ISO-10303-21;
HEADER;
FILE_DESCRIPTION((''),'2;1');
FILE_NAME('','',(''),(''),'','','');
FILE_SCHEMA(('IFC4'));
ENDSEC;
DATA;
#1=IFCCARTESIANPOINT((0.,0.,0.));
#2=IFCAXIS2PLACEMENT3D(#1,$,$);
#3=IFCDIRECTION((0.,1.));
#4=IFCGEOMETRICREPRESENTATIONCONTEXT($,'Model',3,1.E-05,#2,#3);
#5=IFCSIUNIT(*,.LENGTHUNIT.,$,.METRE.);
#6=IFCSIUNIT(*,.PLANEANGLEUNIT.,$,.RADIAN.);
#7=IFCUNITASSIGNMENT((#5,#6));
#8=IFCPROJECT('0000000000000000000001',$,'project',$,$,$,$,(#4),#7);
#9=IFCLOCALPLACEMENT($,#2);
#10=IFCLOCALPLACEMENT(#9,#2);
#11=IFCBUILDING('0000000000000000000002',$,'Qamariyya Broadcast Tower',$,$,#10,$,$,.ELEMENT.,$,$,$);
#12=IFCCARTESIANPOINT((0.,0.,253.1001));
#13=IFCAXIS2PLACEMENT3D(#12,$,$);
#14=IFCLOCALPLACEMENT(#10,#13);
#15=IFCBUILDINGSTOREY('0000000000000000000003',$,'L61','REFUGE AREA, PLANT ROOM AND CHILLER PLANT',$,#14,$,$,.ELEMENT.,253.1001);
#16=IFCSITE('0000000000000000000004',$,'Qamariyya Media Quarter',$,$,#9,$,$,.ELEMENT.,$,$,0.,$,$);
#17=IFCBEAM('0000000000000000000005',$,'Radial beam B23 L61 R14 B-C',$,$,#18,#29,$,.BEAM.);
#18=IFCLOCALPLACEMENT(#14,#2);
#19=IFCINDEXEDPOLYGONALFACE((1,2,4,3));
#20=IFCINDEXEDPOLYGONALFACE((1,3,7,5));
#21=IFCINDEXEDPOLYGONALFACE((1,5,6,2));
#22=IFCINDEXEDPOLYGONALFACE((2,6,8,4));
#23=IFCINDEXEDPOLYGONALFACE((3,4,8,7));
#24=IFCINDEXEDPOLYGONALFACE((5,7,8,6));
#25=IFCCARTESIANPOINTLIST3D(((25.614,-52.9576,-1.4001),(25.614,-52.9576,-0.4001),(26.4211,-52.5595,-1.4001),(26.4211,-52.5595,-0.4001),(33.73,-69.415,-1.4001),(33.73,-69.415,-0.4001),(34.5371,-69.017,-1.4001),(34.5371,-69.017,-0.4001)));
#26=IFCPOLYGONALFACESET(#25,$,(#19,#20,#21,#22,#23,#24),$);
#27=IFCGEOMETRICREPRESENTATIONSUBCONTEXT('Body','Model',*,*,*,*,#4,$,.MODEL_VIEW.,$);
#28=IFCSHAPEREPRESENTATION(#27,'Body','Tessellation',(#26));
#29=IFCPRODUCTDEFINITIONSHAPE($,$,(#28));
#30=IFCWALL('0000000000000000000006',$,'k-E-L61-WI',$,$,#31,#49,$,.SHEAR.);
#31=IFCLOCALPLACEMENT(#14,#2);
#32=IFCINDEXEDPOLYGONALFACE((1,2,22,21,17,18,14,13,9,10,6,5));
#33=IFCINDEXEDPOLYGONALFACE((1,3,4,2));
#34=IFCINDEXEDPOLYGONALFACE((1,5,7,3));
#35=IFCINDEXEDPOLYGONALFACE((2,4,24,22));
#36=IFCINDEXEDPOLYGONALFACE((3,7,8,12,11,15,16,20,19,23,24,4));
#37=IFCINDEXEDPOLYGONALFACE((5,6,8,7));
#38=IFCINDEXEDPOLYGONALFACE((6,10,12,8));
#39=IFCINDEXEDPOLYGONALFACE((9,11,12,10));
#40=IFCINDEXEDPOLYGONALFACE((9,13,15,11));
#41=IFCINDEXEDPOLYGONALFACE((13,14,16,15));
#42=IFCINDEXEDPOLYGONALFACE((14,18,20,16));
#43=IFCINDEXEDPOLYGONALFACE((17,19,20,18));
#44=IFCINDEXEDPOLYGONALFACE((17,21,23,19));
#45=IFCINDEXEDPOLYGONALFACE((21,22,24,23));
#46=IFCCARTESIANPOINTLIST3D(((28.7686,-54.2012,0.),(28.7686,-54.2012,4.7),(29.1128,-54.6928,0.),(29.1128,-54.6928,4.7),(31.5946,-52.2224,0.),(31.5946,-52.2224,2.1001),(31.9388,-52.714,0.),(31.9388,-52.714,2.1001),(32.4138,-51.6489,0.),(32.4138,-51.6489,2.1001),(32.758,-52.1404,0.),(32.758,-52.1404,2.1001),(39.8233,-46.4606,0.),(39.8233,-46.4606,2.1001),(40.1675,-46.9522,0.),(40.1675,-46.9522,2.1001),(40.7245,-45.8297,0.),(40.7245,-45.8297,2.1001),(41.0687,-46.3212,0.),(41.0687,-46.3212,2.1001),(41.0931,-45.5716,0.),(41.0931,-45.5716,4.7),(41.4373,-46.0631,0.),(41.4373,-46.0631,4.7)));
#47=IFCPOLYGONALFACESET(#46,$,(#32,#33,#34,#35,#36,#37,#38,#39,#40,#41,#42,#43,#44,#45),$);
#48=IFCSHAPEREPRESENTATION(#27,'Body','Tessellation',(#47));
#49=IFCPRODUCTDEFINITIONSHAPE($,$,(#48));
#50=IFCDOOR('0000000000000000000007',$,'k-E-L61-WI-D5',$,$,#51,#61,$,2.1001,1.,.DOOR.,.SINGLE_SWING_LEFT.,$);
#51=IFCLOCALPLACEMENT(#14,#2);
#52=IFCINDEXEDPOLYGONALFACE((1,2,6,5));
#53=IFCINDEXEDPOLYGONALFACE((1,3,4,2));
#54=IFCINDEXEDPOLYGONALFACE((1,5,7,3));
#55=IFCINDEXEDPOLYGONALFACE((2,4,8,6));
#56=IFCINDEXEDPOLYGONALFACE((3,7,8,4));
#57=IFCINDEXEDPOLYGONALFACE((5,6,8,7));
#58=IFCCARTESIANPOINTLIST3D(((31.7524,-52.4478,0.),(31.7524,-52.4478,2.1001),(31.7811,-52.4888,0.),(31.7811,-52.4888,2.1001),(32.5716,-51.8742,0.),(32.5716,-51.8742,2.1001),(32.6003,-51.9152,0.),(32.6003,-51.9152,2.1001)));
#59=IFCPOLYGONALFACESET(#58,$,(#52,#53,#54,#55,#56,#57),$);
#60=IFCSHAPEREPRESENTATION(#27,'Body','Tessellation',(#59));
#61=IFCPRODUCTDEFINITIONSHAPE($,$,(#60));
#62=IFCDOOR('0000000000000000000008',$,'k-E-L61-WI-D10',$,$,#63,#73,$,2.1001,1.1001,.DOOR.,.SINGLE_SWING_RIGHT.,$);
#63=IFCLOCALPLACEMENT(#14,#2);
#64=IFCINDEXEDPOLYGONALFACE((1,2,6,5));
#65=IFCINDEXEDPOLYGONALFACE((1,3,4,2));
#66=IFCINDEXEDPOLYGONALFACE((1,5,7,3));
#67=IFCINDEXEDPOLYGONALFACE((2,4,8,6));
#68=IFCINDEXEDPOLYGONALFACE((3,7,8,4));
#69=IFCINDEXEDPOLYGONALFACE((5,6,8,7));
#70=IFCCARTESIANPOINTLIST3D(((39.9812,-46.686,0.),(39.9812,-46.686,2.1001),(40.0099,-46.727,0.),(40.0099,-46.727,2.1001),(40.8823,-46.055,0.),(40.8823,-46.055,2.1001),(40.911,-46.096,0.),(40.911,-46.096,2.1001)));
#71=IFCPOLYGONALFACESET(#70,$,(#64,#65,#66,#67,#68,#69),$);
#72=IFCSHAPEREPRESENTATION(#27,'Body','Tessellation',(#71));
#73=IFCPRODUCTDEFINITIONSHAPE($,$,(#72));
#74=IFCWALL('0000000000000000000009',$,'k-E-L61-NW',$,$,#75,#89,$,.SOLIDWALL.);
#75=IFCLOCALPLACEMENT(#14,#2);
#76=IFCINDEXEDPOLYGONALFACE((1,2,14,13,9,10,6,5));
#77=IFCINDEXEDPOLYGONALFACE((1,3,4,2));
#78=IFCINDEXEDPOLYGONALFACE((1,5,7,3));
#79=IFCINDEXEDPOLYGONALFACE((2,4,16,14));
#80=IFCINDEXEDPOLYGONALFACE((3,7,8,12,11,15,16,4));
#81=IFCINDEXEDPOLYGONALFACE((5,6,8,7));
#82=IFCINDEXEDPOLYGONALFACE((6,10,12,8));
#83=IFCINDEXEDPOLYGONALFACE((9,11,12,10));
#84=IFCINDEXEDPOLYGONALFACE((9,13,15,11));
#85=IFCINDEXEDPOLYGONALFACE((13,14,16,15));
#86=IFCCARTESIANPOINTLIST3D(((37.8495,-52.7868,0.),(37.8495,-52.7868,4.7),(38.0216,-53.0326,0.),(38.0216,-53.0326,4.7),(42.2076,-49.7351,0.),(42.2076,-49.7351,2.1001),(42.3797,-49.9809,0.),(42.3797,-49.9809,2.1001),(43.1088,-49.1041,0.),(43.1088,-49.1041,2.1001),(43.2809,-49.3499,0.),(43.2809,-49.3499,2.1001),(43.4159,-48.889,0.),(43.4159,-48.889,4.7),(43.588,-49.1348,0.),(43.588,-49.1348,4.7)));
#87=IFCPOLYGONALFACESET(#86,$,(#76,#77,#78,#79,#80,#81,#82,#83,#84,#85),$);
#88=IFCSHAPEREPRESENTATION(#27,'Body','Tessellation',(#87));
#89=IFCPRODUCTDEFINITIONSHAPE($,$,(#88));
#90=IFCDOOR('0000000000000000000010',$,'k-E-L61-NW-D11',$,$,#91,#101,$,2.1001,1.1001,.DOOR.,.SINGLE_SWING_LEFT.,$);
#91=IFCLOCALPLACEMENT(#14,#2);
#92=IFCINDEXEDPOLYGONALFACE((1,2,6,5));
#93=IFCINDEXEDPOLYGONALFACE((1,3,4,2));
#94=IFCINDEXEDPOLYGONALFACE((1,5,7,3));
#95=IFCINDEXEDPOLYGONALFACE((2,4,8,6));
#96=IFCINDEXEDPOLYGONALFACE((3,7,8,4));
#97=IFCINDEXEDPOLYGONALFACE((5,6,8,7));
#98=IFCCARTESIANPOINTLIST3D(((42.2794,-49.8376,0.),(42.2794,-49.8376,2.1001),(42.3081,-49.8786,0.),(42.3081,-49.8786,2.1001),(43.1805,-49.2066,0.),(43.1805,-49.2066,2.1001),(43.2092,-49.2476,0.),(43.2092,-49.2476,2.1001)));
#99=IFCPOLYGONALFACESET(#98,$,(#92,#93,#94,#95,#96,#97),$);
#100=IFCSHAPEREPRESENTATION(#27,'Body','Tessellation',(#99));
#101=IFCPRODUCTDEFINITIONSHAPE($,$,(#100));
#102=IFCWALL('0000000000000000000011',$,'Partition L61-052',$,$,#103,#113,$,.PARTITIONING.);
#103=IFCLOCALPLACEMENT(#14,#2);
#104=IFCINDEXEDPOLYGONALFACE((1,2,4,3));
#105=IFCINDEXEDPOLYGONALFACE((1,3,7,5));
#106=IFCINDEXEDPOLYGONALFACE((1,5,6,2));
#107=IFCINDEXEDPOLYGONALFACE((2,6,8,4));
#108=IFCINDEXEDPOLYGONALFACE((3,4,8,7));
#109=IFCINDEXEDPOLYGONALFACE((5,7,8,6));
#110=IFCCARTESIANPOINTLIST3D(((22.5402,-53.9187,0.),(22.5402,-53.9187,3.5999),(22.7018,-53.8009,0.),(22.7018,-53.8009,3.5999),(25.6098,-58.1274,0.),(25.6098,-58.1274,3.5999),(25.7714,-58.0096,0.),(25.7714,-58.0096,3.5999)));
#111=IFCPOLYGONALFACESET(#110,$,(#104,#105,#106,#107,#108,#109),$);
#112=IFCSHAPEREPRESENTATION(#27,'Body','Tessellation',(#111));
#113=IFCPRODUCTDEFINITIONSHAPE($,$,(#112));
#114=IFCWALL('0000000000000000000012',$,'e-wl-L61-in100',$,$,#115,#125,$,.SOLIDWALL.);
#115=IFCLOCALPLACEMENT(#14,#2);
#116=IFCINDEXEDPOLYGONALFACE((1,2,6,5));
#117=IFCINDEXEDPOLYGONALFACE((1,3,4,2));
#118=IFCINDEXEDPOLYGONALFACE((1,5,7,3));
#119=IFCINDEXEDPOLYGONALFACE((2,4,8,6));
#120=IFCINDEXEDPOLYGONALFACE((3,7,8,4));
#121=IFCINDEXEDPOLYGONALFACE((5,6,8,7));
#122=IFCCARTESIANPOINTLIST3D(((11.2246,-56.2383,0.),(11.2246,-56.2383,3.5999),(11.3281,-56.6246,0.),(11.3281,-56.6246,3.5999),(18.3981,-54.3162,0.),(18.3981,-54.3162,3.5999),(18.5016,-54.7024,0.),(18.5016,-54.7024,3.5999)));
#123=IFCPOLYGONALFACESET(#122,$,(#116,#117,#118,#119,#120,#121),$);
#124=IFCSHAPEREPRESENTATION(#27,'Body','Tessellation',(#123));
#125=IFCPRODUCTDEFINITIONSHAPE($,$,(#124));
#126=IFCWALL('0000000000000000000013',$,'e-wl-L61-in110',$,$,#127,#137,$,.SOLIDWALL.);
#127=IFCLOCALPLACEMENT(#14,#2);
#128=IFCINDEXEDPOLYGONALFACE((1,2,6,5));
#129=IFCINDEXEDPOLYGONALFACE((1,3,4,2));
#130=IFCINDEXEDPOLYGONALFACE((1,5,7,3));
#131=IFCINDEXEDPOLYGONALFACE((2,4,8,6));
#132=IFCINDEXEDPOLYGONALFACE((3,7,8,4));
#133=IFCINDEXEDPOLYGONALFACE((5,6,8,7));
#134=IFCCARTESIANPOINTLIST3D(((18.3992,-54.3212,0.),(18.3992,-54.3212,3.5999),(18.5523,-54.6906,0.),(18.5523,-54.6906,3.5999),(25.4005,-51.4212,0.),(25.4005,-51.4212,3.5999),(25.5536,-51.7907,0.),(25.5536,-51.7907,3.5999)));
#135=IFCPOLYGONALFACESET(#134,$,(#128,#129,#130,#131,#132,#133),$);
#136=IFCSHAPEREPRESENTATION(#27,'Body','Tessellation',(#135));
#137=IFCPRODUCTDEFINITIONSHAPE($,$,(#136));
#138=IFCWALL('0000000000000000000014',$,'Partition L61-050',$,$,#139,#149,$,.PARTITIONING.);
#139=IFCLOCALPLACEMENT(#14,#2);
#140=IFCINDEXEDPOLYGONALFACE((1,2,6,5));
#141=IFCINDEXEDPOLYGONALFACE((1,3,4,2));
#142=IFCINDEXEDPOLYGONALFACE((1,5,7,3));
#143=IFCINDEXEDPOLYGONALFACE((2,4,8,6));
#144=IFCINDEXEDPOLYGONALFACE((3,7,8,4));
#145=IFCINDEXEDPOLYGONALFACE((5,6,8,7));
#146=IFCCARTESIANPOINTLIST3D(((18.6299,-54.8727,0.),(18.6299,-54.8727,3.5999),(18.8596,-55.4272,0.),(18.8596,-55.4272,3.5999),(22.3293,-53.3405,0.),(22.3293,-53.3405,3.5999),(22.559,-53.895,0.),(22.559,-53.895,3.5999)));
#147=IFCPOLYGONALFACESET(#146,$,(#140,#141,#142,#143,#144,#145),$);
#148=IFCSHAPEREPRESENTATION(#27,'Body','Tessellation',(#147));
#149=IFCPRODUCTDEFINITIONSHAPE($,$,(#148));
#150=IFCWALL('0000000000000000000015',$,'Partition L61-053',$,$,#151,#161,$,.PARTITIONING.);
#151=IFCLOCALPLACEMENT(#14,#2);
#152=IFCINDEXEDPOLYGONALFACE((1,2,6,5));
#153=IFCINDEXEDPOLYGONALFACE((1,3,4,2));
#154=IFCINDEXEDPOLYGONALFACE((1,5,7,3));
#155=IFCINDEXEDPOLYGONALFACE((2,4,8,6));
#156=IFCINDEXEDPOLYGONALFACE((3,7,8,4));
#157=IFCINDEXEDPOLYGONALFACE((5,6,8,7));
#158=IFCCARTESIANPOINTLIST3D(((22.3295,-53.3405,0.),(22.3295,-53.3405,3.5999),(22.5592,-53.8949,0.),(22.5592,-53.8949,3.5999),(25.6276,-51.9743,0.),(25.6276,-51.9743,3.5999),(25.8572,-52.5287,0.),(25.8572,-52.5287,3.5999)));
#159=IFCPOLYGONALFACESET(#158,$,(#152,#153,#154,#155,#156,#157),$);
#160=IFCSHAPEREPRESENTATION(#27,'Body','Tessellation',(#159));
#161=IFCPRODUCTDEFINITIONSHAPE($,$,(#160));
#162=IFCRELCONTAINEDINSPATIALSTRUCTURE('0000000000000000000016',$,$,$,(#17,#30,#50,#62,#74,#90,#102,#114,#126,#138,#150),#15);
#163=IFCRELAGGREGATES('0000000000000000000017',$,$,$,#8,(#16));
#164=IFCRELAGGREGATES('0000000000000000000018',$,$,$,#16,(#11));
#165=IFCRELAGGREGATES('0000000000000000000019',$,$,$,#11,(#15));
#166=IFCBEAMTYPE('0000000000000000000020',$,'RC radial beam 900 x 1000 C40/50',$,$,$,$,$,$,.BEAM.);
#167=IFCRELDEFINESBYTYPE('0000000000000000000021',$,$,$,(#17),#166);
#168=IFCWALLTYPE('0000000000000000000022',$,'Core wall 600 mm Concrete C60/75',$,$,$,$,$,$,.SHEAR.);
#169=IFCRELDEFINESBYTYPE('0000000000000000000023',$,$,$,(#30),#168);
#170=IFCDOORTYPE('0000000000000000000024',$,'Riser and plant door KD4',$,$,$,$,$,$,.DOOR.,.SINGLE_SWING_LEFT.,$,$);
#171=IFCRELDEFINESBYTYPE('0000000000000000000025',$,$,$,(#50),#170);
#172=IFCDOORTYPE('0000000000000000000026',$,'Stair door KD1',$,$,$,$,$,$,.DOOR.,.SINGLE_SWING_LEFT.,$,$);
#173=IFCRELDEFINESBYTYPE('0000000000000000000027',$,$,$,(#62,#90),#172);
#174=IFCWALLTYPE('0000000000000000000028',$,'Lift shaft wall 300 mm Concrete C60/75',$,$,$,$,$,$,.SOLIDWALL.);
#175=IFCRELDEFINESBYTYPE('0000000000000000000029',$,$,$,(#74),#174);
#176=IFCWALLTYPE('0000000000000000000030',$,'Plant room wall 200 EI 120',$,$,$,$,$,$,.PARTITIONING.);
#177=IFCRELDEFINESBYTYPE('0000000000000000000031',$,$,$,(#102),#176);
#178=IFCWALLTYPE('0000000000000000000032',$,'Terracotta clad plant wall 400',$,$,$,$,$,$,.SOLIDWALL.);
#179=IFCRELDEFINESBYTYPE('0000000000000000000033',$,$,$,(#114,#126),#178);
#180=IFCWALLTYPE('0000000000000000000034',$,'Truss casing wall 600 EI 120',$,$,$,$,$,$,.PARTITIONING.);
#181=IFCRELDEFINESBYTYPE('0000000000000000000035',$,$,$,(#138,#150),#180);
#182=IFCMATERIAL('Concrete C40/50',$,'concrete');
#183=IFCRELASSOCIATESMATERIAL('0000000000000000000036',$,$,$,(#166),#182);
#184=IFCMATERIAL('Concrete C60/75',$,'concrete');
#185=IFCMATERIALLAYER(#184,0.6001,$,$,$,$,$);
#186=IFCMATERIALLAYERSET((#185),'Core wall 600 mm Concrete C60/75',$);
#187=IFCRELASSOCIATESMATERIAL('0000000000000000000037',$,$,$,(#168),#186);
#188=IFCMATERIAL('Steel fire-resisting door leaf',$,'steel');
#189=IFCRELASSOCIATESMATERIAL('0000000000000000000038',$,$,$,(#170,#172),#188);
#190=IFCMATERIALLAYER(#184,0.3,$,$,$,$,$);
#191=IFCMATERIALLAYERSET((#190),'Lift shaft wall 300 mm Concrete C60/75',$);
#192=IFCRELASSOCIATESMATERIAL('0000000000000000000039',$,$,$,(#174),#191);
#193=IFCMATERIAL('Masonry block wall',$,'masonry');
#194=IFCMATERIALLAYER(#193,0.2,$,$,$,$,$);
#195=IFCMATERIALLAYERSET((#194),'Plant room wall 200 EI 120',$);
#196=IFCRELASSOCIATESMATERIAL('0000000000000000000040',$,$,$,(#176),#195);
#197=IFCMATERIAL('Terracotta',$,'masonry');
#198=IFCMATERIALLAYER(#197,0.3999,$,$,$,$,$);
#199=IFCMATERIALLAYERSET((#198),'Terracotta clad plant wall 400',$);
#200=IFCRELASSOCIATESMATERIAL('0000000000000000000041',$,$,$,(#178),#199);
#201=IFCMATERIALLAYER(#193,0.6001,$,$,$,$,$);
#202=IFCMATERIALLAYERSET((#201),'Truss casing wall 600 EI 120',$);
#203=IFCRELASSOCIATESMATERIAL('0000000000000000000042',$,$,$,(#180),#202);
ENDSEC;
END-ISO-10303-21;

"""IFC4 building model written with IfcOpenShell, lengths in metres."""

from ifc_helpers import new_model, si_unit, direction, frame, frame_2d, origin, origin_2d, place, context, subcontext, project, spatial, rectangle, extrude, material, layer, layer_set, material_profile, profile_set, type_object, element, fill, save


model = new_model("IFC4")

# Units and contexts
model_context = context("Model", 3, precision=1e-05, world=origin(), true_north=direction((0.0, 1.0)))
body_context = subcontext(model_context, "Body", "Model", "MODEL_VIEW")
ifc_project = project(units=[si_unit("LENGTHUNIT", "METRE"), si_unit("PLANEANGLEUNIT", "RADIAN")], contexts=[model_context])

# Site, building, storey
site_placement = place(None, origin())
site = spatial("IfcSite", under=ifc_project, at=site_placement, Name="Qamariyya Media Quarter", CompositionType="ELEMENT", RefElevation=0.0)
building_placement = place(site_placement, origin())
building = spatial("IfcBuilding", under=site, at=building_placement, Name="Qamariyya Broadcast Tower", CompositionType="ELEMENT")
storey_placement = place(building_placement, frame((0.0, 0.0, 253.1001)))
storey = spatial("IfcBuildingStorey", under=building, at=storey_placement, Name="L61", Description="REFUGE AREA, PLANT ROOM AND CHILLER PLANT", CompositionType="ELEMENT", Elevation=253.1001)

# Shared definitions
ifc_material_1 = material(Name="Concrete C60/75", Category="concrete")

# Beam
ifc_material_2 = material(Name="Concrete C40/50", Category="concrete")
ifc_material_profile_1 = material_profile(ifc_material_2, rectangle(XDim=0.8999, YDim=1.0, at=origin_2d()))
ifc_profile_set_1 = profile_set([ifc_material_profile_1], Name="Concrete C40/50")
beam_type_1 = type_object("IfcBeamType", Name="RC radial beam 900 x 1000 C40/50", PredefinedType="BEAM", material=ifc_profile_set_1)
beam_1_placement = place(storey_placement, frame((26.0176, -52.7585, -0.9001), z_axis=(0.442289, -0.896872, 0.0), x_axis=(0.896872, 0.442289, 0.0)))
element("IfcBeam", 1, at=beam_1_placement, inside=storey, type_object=beam_type_1, Name="Radial beam B23 L61 R14 B-C", PredefinedType="BEAM", context=body_context, shape_type="SweptSolid", body=[
    extrude(rectangle(XDim=0.8999, YDim=1.0, at=origin_2d()), origin(), (0.0, 0.0, 1.0), 18.3499),
])

# Wall, openings, doors
ifc_layer_1 = layer(ifc_material_1, 0.6001)
ifc_layer_set_1 = layer_set([ifc_layer_1], Name="Core wall 600 mm Concrete C60/75")
wall_type_1 = type_object("IfcWallType", Name="Core wall 600 mm Concrete C60/75", PredefinedType="SHEAR", material=ifc_layer_set_1)
wall_1_placement = place(storey_placement, frame((28.9407, -54.447, 0.0), z_axis=(0.0, 0.0, 1.0), x_axis=(0.819153, 0.573575, 0.0)))
wall_1 = element("IfcWall", 2, at=wall_1_placement, inside=storey, type_object=wall_type_1, Name="k-E-L61-WI", PredefinedType="SHEAR", context=body_context, shape_type="SweptSolid", body=[
    extrude(rectangle(XDim=15.0454, YDim=0.6001, at=frame_2d((7.5227, 0.0))), origin(), (0.0, 0.0, 1.0), 4.7),
])
opening_1_placement = place(wall_1_placement, frame((3.45, 0.0, 0.0)))
opening_1 = element("IfcOpeningElement", 3, at=opening_1_placement, cuts=wall_1, PredefinedType="OPENING", context=body_context, shape_type="SweptSolid", body=[
    extrude(rectangle(XDim=1.0, YDim=2.1001, at=frame_2d((0.5, 1.05))), frame((0.0, 0.3101, 0.0), z_axis=(0.0, -1.0, 0.0), x_axis=(1.0, 0.0, 0.0)), (0.0, 0.0, 1.0), 0.6201),
])
opening_2_placement = place(wall_1_placement, frame((13.4954, 0.0, 0.0)))
opening_2 = element("IfcOpeningElement", 4, at=opening_2_placement, cuts=wall_1, PredefinedType="OPENING", context=body_context, shape_type="SweptSolid", body=[
    extrude(rectangle(XDim=1.1001, YDim=2.1001, at=frame_2d((0.55, 1.05))), frame((0.0, 0.3101, 0.0), z_axis=(0.0, -1.0, 0.0), x_axis=(1.0, 0.0, 0.0)), (0.0, 0.0, 1.0), 0.6201),
])
ifc_material_3 = material(Name="Steel fire-resisting door leaf", Category="steel")
door_type_1 = type_object("IfcDoorType", Name="Riser and plant door KD4", OperationType="SINGLE_SWING_LEFT", PredefinedType="DOOR", material=ifc_material_3)
door_1_placement = place(opening_1_placement, origin())
door_1 = element("IfcDoor", 5, at=door_1_placement, inside=storey, type_object=door_type_1, Name="k-E-L61-WI-D5", OperationType="SINGLE_SWING_LEFT", OverallHeight=2.1001, OverallWidth=1.0, PredefinedType="DOOR", context=body_context, shape_type="SweptSolid", body=[
    extrude(rectangle(XDim=1.0, YDim=2.1001, at=frame_2d((0.5, 1.05))), frame((0.0, 0.0249, 0.0), z_axis=(0.0, -1.0, 0.0), x_axis=(1.0, 0.0, 0.0)), (0.0, 0.0, 1.0), 0.05),
])
fill(opening_1, door_1)
door_type_2 = type_object("IfcDoorType", Name="Stair door KD1", OperationType="SINGLE_SWING_LEFT", PredefinedType="DOOR", material=ifc_material_3)
door_2_placement = place(opening_2_placement, origin())
door_2 = element("IfcDoor", 6, at=door_2_placement, inside=storey, type_object=door_type_2, Name="k-E-L61-WI-D10", OperationType="SINGLE_SWING_RIGHT", OverallHeight=2.1001, OverallWidth=1.1001, PredefinedType="DOOR", context=body_context, shape_type="SweptSolid", body=[
    extrude(rectangle(XDim=1.1001, YDim=2.1001, at=frame_2d((0.55, 1.05))), frame((0.0, 0.0249, 0.0), z_axis=(0.0, -1.0, 0.0), x_axis=(1.0, 0.0, 0.0)), (0.0, 0.0, 1.0), 0.05),
])
fill(opening_2, door_2)

# Wall, opening, door
ifc_layer_2 = layer(ifc_material_1, 0.3)
ifc_layer_set_2 = layer_set([ifc_layer_2], Name="Lift shaft wall 300 mm Concrete C60/75")
wall_type_2 = type_object("IfcWallType", Name="Lift shaft wall 300 mm Concrete C60/75", PredefinedType="SOLIDWALL", material=ifc_layer_set_2)
wall_2_placement = place(storey_placement, frame((37.9355, -52.9097, 0.0), z_axis=(0.0, 0.0, 1.0), x_axis=(0.819148, 0.573583, 0.0)))
wall_2 = element("IfcWall", 7, at=wall_2_placement, inside=storey, type_object=wall_type_2, Name="k-E-L61-NW", PredefinedType="SOLIDWALL", context=body_context, shape_type="SweptSolid", body=[
    extrude(rectangle(XDim=6.7954, YDim=0.3, at=frame_2d((3.3977, 0.0))), origin(), (0.0, 0.0, 1.0), 4.7),
])
opening_3_placement = place(wall_2_placement, frame((5.3203, 0.0, 0.0)))
opening_3 = element("IfcOpeningElement", 8, at=opening_3_placement, cuts=wall_2, PredefinedType="OPENING", context=body_context, shape_type="SweptSolid", body=[
    extrude(rectangle(XDim=1.1001, YDim=2.1001, at=frame_2d((0.55, 1.05))), frame((0.0, 0.1599, 0.0), z_axis=(0.0, -1.0, 0.0), x_axis=(1.0, 0.0, 0.0)), (0.0, 0.0, 1.0), 0.3201),
])
door_3_placement = place(opening_3_placement, origin())
door_3 = element("IfcDoor", 9, at=door_3_placement, inside=storey, type_object=door_type_2, Name="k-E-L61-NW-D11", OperationType="SINGLE_SWING_LEFT", OverallHeight=2.1001, OverallWidth=1.1001, PredefinedType="DOOR", context=body_context, shape_type="SweptSolid", body=[
    extrude(rectangle(XDim=1.1001, YDim=2.1001, at=frame_2d((0.55, 1.05))), frame((0.0, 0.0249, 0.0), z_axis=(0.0, -1.0, 0.0), x_axis=(1.0, 0.0, 0.0)), (0.0, 0.0, 1.0), 0.05),
])
fill(opening_3, door_3)

# Walls
ifc_material_4 = material(Name="Masonry block wall", Category="masonry")
ifc_layer_3 = layer(ifc_material_4, 0.2)
ifc_layer_set_3 = layer_set([ifc_layer_3], Name="Plant room wall 200 EI 120")
wall_type_3 = type_object("IfcWallType", Name="Plant room wall 200 EI 120", PredefinedType="PARTITIONING", material=ifc_layer_set_3)
wall_3_placement = place(storey_placement, frame((22.6211, -53.8599, 0.0), z_axis=(0.0, 0.0, 1.0), x_axis=(0.589261, -0.807943, 0.0)))
element("IfcWall", 10, at=wall_3_placement, inside=storey, type_object=wall_type_3, Name="Partition L61-052", PredefinedType="PARTITIONING", context=body_context, shape_type="SweptSolid", body=[
    extrude(rectangle(XDim=5.2092, YDim=0.2, at=frame_2d((2.6045, 0.0))), origin(), (0.0, 0.0, 1.0), 3.5999),
])
ifc_material_5 = material(Name="Terracotta", Category="masonry")
ifc_layer_4 = layer(ifc_material_5, 0.3999)
ifc_layer_set_4 = layer_set([ifc_layer_4], Name="Terracotta clad plant wall 400")
wall_type_4 = type_object("IfcWallType", Name="Terracotta clad plant wall 400", PredefinedType="SOLIDWALL", material=ifc_layer_set_4)
wall_4_placement = place(storey_placement, frame((18.45, -54.5093, 0.0), z_axis=(0.0, 0.0, 1.0), x_axis=(-0.965925, -0.258823, 0.0)))
element("IfcWall", 11, at=wall_4_placement, inside=storey, type_object=wall_type_4, Name="e-wl-L61-in100", PredefinedType="SOLIDWALL", context=body_context, shape_type="SweptSolid", body=[
    extrude(rectangle(XDim=7.4265, YDim=0.3999, at=frame_2d((3.7134, 0.0))), origin(), (0.0, 0.0, 1.0), 3.5999),
])
wall_5_placement = place(storey_placement, frame((25.4771, -51.606, 0.0), z_axis=(0.0, 0.0, 1.0), x_axis=(-0.923884, -0.382672, 0.0)))
element("IfcWall", 12, at=wall_5_placement, inside=storey, type_object=wall_type_4, Name="e-wl-L61-in110", PredefinedType="SOLIDWALL", context=body_context, shape_type="SweptSolid", body=[
    extrude(rectangle(XDim=7.5781, YDim=0.3999, at=frame_2d((3.7891, 0.0))), origin(), (0.0, 0.0, 1.0), 3.5999),
])
ifc_layer_5 = layer(ifc_material_4, 0.6001)
ifc_layer_set_5 = layer_set([ifc_layer_5], Name="Truss casing wall 600 EI 120")
wall_type_5 = type_object("IfcWallType", Name="Truss casing wall 600 EI 120", PredefinedType="PARTITIONING", material=ifc_layer_set_5)
wall_6_placement = place(storey_placement, frame((18.7449, -55.1499, 0.0), z_axis=(0.0, 0.0, 1.0), x_axis=(0.923892, 0.382653, 0.0)))
element("IfcWall", 13, at=wall_6_placement, inside=storey, type_object=wall_type_5, Name="Partition L61-050", PredefinedType="PARTITIONING", context=body_context, shape_type="SweptSolid", body=[
    extrude(rectangle(XDim=4.0042, YDim=0.6001, at=frame_2d((2.002, 0.0))), origin(), (0.0, 0.0, 1.0), 3.5999),
])
wall_7_placement = place(storey_placement, frame((22.4443, -53.6177, 0.0), z_axis=(0.0, 0.0, 1.0), x_axis=(0.92387, 0.382706, 0.0)))
element("IfcWall", 14, at=wall_7_placement, inside=storey, type_object=wall_type_5, Name="Partition L61-053", PredefinedType="PARTITIONING", context=body_context, shape_type="SweptSolid", body=[
    extrude(rectangle(XDim=3.5698, YDim=0.6001, at=frame_2d((1.7849, 0.0))), origin(), (0.0, 0.0, 1.0), 3.5999),
])

save(model, "model.ifc")
